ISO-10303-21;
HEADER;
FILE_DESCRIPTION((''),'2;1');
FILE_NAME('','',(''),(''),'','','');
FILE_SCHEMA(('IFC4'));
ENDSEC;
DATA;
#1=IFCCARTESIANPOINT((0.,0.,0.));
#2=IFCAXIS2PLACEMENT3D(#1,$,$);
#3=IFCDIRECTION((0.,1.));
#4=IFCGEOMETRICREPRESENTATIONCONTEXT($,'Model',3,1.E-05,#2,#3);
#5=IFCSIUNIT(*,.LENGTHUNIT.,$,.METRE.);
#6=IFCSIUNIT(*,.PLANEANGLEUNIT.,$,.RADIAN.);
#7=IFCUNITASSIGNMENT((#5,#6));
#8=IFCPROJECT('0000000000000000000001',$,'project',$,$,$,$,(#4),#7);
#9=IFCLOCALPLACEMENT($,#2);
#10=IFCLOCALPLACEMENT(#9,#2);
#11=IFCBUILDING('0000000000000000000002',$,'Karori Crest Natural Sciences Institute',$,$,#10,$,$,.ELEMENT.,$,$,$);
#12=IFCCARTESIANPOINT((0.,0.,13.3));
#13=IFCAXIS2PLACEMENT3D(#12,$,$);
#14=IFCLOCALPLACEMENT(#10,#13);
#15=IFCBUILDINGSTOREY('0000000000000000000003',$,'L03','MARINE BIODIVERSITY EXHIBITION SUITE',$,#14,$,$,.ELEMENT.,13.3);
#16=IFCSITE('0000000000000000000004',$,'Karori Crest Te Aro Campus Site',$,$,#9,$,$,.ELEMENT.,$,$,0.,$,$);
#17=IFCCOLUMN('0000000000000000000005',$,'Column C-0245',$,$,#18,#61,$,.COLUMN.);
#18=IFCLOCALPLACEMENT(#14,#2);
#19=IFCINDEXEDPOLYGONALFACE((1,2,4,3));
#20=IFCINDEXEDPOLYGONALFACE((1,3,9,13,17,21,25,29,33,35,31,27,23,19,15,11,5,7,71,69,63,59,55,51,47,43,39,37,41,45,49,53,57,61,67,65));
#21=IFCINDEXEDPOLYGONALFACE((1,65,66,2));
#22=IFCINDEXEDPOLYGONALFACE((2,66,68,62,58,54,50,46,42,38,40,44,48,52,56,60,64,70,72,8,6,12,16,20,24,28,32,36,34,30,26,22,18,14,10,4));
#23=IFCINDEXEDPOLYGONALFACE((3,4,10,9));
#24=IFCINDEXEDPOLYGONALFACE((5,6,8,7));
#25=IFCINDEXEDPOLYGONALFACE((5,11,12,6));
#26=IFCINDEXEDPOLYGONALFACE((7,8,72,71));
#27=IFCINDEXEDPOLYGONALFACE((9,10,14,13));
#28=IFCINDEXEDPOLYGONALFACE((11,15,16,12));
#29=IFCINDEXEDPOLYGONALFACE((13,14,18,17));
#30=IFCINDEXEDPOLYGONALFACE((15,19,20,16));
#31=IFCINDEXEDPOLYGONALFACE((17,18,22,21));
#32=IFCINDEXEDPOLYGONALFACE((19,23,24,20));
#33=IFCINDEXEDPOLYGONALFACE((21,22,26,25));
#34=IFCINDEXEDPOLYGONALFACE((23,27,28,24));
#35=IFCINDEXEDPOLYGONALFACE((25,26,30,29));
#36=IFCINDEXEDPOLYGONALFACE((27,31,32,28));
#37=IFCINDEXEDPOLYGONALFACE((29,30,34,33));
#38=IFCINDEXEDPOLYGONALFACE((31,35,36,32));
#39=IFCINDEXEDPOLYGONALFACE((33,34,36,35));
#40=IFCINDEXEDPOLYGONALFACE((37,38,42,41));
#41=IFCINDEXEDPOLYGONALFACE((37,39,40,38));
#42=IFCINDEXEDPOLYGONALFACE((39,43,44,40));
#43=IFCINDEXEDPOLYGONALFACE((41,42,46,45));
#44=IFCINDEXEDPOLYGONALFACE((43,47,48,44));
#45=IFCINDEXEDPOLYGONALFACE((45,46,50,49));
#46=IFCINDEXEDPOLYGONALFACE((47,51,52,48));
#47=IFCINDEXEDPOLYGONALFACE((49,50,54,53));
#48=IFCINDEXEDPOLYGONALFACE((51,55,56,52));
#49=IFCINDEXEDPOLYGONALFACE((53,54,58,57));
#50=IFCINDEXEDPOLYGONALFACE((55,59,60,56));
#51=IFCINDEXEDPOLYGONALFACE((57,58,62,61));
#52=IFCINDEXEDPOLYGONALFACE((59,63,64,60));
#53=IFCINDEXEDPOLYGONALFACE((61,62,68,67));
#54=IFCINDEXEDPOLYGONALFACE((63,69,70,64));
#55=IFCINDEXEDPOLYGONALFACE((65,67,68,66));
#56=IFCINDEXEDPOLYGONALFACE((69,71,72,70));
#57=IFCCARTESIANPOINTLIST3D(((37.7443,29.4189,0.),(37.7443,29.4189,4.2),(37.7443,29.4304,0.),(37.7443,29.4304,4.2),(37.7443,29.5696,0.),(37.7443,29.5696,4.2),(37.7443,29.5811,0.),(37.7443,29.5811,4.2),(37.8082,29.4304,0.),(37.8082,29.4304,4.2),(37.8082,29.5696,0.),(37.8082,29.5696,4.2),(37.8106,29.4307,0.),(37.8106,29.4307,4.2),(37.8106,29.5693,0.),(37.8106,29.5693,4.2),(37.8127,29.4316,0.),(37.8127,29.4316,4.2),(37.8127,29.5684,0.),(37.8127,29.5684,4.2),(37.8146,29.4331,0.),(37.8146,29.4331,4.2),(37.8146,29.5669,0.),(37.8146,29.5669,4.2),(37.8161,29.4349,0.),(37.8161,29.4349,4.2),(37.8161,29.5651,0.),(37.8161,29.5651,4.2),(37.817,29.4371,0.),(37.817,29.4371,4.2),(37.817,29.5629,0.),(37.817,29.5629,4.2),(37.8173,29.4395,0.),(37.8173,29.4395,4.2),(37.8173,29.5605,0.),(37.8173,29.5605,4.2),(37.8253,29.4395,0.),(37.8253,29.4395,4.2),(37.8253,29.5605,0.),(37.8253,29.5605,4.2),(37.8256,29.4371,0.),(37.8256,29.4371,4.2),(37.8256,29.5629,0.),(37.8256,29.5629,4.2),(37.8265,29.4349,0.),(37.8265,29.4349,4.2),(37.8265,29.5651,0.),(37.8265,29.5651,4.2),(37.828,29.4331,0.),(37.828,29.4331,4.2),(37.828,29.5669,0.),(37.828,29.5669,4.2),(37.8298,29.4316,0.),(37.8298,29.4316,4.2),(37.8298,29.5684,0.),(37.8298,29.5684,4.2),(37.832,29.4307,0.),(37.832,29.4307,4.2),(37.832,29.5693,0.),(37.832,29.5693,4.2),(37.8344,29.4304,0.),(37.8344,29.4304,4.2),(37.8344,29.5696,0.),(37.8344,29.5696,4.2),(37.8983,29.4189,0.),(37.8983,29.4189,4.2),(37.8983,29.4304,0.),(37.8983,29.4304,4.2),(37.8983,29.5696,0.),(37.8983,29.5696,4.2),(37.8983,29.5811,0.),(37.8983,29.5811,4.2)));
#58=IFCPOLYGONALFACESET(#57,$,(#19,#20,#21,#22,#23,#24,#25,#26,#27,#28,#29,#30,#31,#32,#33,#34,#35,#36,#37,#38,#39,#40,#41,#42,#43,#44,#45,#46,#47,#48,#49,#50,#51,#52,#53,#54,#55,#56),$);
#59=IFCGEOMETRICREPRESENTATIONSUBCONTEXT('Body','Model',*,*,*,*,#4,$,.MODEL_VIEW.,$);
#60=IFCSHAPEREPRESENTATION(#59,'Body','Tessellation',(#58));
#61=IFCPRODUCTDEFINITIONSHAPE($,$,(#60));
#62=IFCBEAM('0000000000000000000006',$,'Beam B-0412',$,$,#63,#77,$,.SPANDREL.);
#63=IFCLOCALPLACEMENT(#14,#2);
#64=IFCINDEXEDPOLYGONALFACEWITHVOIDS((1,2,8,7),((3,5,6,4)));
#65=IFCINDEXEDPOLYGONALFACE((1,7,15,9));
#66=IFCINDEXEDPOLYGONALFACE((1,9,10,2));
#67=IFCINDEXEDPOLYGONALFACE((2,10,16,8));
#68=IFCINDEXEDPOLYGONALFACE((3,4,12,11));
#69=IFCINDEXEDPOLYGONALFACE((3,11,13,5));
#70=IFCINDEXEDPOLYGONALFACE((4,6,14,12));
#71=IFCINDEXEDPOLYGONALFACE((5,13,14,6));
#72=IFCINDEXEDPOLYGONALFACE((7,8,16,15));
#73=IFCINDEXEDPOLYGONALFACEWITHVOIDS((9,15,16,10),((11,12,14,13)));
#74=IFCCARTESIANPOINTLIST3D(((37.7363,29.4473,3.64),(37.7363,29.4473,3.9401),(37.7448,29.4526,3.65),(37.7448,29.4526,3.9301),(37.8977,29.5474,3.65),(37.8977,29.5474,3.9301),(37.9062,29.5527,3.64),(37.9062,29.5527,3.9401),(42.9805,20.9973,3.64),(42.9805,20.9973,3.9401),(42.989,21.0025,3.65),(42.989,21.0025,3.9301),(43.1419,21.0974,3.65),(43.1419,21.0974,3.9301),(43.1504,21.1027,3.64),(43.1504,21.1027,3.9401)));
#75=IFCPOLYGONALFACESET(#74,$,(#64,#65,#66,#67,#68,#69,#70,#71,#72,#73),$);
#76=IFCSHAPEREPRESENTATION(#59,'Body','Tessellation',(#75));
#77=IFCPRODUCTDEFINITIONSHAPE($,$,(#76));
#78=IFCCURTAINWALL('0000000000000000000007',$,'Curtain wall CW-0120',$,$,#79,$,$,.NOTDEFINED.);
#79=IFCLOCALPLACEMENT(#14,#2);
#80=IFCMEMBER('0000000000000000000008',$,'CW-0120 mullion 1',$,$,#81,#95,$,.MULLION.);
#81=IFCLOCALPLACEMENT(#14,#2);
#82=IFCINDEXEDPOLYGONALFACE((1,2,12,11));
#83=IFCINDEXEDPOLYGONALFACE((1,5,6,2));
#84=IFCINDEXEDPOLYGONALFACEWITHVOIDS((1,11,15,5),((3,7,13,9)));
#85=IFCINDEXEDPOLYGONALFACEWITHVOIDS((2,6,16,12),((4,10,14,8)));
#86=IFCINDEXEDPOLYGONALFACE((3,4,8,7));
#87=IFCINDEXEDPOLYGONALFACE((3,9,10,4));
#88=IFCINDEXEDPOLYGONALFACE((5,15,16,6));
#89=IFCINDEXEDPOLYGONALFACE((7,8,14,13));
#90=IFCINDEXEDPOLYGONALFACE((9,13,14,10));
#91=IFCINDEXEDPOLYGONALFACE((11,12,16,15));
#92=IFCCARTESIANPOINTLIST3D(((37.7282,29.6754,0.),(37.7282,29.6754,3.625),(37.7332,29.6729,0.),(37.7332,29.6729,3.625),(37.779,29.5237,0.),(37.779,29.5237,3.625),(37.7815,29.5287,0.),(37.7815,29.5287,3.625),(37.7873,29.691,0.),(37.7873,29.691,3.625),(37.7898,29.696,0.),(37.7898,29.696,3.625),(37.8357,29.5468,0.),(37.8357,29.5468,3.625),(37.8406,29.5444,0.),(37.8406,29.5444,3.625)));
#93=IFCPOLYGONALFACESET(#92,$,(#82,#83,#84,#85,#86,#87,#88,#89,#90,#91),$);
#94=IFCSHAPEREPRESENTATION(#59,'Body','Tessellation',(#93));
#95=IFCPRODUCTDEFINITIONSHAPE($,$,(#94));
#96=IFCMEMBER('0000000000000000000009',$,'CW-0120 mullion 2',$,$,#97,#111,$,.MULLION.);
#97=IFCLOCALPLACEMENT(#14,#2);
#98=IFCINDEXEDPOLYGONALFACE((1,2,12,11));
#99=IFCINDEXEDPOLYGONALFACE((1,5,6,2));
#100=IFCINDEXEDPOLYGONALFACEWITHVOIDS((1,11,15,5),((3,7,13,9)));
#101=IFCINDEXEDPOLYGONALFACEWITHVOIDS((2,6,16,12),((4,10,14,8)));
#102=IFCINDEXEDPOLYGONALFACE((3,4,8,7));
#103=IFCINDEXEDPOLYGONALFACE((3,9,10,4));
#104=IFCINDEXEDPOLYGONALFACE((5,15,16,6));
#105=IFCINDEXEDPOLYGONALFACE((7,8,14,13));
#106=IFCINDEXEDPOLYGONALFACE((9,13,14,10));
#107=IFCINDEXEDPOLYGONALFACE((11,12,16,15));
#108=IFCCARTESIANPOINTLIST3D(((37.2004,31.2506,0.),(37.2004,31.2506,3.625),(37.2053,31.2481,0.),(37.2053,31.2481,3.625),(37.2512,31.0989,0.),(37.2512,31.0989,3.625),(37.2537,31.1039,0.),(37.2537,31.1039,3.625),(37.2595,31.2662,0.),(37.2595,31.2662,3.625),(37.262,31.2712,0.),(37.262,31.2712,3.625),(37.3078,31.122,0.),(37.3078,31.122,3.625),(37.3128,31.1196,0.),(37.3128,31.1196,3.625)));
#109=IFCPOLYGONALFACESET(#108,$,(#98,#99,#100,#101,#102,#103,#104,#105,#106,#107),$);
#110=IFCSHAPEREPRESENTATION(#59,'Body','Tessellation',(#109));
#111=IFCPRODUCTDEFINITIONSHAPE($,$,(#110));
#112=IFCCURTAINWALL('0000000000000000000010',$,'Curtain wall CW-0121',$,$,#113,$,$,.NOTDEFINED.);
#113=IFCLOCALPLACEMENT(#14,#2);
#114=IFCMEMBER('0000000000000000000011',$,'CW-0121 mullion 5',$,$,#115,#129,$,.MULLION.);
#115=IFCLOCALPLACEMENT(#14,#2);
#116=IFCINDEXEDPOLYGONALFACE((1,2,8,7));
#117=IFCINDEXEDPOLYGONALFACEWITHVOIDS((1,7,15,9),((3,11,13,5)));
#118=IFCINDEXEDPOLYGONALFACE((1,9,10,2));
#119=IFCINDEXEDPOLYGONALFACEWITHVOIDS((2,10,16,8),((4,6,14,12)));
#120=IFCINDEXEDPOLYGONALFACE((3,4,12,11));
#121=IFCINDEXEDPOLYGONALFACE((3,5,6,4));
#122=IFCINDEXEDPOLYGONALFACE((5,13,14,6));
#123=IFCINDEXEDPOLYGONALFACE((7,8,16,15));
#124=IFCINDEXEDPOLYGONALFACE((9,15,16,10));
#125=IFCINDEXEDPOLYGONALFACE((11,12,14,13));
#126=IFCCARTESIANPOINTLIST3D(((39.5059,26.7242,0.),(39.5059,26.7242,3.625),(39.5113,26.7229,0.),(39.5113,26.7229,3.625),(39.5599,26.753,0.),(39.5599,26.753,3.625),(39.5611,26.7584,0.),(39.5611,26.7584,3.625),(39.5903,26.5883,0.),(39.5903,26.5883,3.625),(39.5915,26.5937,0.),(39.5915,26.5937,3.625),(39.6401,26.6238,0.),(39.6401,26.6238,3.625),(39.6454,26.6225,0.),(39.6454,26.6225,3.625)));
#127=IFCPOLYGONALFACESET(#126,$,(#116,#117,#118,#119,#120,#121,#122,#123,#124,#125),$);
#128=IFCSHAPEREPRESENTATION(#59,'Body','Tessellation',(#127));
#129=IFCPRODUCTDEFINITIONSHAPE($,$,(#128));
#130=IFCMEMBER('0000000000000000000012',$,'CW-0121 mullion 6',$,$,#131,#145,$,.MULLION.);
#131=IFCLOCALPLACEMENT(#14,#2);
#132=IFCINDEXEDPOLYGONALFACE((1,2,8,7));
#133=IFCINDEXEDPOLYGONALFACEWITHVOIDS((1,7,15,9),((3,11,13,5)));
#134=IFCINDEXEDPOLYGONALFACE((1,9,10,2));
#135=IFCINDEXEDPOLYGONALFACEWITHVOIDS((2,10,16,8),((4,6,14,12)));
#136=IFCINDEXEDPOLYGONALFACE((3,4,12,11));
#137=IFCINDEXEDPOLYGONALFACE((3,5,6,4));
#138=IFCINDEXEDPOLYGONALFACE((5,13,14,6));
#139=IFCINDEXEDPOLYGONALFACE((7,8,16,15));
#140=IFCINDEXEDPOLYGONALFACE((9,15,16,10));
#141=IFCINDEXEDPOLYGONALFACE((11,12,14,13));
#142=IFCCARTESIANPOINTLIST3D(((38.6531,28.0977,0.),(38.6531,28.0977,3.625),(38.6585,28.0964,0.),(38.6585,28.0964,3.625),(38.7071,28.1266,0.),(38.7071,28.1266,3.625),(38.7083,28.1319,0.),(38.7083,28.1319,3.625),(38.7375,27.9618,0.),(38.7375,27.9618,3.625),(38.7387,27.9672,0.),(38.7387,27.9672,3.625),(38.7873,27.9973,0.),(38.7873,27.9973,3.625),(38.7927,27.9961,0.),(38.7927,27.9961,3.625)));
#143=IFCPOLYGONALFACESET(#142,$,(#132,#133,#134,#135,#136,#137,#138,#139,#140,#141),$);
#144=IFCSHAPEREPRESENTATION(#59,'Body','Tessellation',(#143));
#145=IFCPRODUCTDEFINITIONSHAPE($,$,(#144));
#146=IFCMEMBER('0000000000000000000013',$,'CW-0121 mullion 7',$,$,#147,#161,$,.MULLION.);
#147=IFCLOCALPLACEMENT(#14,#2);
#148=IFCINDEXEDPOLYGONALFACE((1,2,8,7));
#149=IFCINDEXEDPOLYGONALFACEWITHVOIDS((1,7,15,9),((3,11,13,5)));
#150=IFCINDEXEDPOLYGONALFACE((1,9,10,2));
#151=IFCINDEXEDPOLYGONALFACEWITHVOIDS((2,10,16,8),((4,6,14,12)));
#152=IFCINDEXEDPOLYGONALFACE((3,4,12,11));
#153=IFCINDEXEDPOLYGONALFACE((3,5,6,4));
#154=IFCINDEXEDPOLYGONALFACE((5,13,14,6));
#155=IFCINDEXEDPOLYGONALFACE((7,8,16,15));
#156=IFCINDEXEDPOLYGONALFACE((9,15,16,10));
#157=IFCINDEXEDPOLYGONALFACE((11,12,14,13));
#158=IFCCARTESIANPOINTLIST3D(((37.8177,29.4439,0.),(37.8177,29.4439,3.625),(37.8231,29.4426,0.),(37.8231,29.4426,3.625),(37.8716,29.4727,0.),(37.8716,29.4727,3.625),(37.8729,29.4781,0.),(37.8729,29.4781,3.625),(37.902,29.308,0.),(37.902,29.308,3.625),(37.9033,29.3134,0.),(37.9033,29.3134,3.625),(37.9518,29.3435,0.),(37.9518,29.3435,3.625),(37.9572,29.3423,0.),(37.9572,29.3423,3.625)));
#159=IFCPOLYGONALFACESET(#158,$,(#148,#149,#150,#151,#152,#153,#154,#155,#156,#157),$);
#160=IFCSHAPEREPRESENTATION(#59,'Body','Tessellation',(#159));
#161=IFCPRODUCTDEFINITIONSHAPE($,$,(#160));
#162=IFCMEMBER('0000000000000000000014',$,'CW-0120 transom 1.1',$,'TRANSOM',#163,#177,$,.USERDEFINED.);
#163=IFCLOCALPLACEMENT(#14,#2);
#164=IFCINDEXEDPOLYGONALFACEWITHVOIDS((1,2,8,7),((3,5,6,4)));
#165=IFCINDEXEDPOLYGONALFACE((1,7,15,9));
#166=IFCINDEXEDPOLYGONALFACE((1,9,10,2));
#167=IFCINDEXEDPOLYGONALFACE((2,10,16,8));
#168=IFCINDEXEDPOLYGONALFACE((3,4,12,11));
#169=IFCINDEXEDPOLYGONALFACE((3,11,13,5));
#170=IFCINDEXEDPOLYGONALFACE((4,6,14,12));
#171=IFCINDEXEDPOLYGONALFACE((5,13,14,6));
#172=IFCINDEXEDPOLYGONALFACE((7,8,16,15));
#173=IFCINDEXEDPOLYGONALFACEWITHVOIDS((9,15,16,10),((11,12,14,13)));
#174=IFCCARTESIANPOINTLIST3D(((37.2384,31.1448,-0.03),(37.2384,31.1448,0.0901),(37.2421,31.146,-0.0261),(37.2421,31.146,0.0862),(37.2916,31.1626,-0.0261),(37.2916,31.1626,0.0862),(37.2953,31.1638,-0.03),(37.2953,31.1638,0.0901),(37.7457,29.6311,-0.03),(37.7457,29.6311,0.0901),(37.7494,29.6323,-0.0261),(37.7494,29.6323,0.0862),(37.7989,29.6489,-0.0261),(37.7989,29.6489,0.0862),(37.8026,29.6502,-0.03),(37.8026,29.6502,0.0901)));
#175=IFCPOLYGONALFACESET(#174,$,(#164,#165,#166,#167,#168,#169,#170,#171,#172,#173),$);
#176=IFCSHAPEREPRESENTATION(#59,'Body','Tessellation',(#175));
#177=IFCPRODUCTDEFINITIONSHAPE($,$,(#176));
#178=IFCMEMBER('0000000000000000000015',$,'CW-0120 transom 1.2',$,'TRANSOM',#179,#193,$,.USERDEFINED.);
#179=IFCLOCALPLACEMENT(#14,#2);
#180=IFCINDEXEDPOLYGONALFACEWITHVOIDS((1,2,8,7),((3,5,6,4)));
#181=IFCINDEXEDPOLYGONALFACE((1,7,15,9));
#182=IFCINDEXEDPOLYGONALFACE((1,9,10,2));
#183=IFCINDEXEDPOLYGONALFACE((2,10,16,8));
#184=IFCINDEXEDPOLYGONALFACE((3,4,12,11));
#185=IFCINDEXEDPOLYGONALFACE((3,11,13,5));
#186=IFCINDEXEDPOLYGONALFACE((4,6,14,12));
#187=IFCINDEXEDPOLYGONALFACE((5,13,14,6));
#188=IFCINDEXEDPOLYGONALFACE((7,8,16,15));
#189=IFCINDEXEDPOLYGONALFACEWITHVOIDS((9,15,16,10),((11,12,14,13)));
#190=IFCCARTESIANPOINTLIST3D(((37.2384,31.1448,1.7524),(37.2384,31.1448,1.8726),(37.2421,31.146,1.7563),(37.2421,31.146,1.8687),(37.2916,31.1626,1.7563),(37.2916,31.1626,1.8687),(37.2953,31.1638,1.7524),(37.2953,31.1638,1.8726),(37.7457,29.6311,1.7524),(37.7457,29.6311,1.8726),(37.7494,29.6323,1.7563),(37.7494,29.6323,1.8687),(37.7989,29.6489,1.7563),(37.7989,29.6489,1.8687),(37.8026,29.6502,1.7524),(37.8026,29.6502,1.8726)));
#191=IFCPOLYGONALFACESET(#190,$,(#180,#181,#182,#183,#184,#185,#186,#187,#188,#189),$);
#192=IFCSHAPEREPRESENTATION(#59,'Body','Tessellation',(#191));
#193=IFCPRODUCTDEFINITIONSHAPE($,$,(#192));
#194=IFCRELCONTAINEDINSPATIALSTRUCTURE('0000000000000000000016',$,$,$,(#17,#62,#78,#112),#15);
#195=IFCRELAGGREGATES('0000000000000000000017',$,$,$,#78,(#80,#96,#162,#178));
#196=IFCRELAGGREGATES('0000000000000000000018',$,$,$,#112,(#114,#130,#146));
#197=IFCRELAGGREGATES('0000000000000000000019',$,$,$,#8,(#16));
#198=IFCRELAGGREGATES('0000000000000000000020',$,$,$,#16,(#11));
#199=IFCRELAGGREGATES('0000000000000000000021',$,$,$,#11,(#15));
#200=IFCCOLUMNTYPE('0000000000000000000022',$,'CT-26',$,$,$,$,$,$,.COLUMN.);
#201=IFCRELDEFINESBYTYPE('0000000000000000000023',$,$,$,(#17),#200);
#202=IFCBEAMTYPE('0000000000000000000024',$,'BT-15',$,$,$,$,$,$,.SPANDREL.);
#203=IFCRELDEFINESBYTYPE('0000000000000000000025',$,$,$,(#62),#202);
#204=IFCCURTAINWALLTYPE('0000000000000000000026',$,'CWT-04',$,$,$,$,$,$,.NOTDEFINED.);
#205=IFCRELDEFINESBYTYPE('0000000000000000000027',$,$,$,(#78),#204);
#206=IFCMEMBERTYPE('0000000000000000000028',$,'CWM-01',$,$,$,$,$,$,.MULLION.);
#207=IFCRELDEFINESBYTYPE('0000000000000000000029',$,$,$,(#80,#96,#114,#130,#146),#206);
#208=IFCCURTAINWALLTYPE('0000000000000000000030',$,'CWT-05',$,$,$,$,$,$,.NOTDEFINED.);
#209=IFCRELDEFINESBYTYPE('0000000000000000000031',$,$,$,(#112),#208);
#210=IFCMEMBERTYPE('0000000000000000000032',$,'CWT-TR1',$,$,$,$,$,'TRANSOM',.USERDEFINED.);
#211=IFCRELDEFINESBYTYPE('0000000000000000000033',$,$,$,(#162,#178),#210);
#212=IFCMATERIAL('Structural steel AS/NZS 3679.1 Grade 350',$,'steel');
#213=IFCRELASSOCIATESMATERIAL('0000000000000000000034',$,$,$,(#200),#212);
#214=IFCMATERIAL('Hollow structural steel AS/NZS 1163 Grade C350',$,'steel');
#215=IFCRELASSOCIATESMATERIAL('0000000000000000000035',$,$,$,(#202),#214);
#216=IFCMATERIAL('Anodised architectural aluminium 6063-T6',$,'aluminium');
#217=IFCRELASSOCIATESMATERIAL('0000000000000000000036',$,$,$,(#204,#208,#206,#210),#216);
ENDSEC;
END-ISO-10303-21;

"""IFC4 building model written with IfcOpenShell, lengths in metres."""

from ifc_helpers import new_model, si_unit, direction, frame, origin, origin_2d, place, context, subcontext, project, spatial, hollow_rectangle, i_section, extrude, material, material_profile, profile_set, type_object, element, aggregate, save


model = new_model("IFC4")

# Units and contexts
model_context = context("Model", 3, precision=1e-05, world=origin(), true_north=direction((0.0, 1.0)))
body_context = subcontext(model_context, "Body", "Model", "MODEL_VIEW")
ifc_project = project(units=[si_unit("LENGTHUNIT", "METRE"), si_unit("PLANEANGLEUNIT", "RADIAN")], contexts=[model_context])

# Site, building, storey
site_placement = place(None, origin())
site = spatial("IfcSite", under=ifc_project, at=site_placement, Name="Karori Crest Te Aro Campus Site", CompositionType="ELEMENT", RefElevation=0.0)
building_placement = place(site_placement, origin())
building = spatial("IfcBuilding", under=site, at=building_placement, Name="Karori Crest Natural Sciences Institute", CompositionType="ELEMENT")
storey_placement = place(building_placement, frame((0.0, 0.0, 13.3)))
storey = spatial("IfcBuildingStorey", under=building, at=storey_placement, Name="L03", Description="MARINE BIODIVERSITY EXHIBITION SUITE", CompositionType="ELEMENT", Elevation=13.3)

# Column
ifc_material_1 = material(Name="Structural steel AS/NZS 3679.1 Grade 350", Category="steel")
ifc_material_profile_1 = material_profile(ifc_material_1, i_section(OverallWidth=0.1541, OverallDepth=0.1621, WebThickness=0.0081, FlangeThickness=0.0115, FilletRadius=0.009, at=origin_2d()), Name="150UC37.2")
ifc_profile_set_1 = profile_set([ifc_material_profile_1], Name="Structural steel AS/NZS 3679.1 Grade 350")
column_type = type_object("IfcColumnType", Name="CT-26", PredefinedType="COLUMN", material=ifc_profile_set_1)
column_placement = place(storey_placement, frame((37.8213, 29.5, 0.0), z_axis=(0.0, 0.0, 1.0), x_axis=(1.0, 0.0, 0.0)))
element("IfcColumn", 1, at=column_placement, inside=storey, type_object=column_type, Name="Column C-0245", PredefinedType="COLUMN", context=body_context, shape_type="SweptSolid", body=[
    extrude(i_section(OverallWidth=0.1541, OverallDepth=0.1621, WebThickness=0.0081, FlangeThickness=0.0115, FilletRadius=0.009, at=origin_2d()), origin(), (0.0, 0.0, 1.0), 4.2),
])

# Beam
ifc_material_2 = material(Name="Hollow structural steel AS/NZS 1163 Grade C350", Category="steel")
ifc_material_profile_2 = material_profile(ifc_material_2, hollow_rectangle(XDim=0.2, YDim=0.3, WallThickness=0.01, at=origin_2d()), Name="RHS300x200x10")
ifc_profile_set_2 = profile_set([ifc_material_profile_2], Name="Hollow structural steel AS/NZS 1163 Grade C350")
beam_type = type_object("IfcBeamType", Name="BT-15", PredefinedType="SPANDREL", material=ifc_profile_set_2)
beam_placement = place(storey_placement, frame((37.8213, 29.5, 3.79), z_axis=(0.527315, -0.84967, 0.0), x_axis=(0.84967, 0.527315, 0.0)))
element("IfcBeam", 2, at=beam_placement, inside=storey, type_object=beam_type, Name="Beam B-0412", PredefinedType="SPANDREL", context=body_context, shape_type="SweptSolid", body=[
    extrude(hollow_rectangle(XDim=0.2, YDim=0.3, WallThickness=0.01, at=origin_2d()), origin(), (0.0, 0.0, 1.0), 9.9451),
])

# Curtain walls, members
ifc_material_3 = material(Name="Anodised architectural aluminium 6063-T6", Category="aluminium")
curtain_wall_type_1 = type_object("IfcCurtainWallType", Name="CWT-04", PredefinedType="NOTDEFINED", material=ifc_material_3)
curtain_wall_1_placement = place(storey_placement, origin())
curtain_wall_1 = element("IfcCurtainWall", 3, at=curtain_wall_1_placement, inside=storey, type_object=curtain_wall_type_1, Name="Curtain wall CW-0120", PredefinedType="NOTDEFINED")
ifc_material_profile_3 = material_profile(ifc_material_3, hollow_rectangle(XDim=0.0649, YDim=0.1599, WallThickness=0.0039, at=origin_2d()), Name="CWM160x65x4")
ifc_profile_set_3 = profile_set([ifc_material_profile_3], Name="Anodised architectural aluminium 6063-T6")
member_type_1 = type_object("IfcMemberType", Name="CWM-01", PredefinedType="MULLION", material=ifc_profile_set_3)
member_1_placement = place(storey_placement, frame((37.7844, 29.6099, 0.0), z_axis=(0.0, 0.0, 1.0), x_axis=(-0.948198, -0.31768, 0.0)))
member_1 = element("IfcMember", 4, at=member_1_placement, type_object=member_type_1, Name="CW-0120 mullion 1", PredefinedType="MULLION", context=body_context, shape_type="SweptSolid", body=[
    extrude(hollow_rectangle(XDim=0.0649, YDim=0.1599, WallThickness=0.0039, at=origin_2d()), origin(), (0.0, 0.0, 1.0), 3.625),
])
member_2_placement = place(storey_placement, frame((37.2566, 31.1851, 0.0), z_axis=(0.0, 0.0, 1.0), x_axis=(-0.948198, -0.31768, 0.0)))
member_2 = element("IfcMember", 5, at=member_2_placement, type_object=member_type_1, Name="CW-0120 mullion 2", PredefinedType="MULLION", context=body_context, shape_type="SweptSolid", body=[
    extrude(hollow_rectangle(XDim=0.0649, YDim=0.1599, WallThickness=0.0039, at=origin_2d()), origin(), (0.0, 0.0, 1.0), 3.625),
])
curtain_wall_type_2 = type_object("IfcCurtainWallType", Name="CWT-05", PredefinedType="NOTDEFINED", material=ifc_material_3)
curtain_wall_2_placement = place(storey_placement, origin())
curtain_wall_2 = element("IfcCurtainWall", 6, at=curtain_wall_2_placement, inside=storey, type_object=curtain_wall_type_2, Name="Curtain wall CW-0121", PredefinedType="NOTDEFINED")
member_3_placement = place(storey_placement, frame((39.5757, 26.6733, 0.0), z_axis=(0.0, 0.0, 1.0), x_axis=(-0.849662, -0.527328, 0.0)))
member_3 = element("IfcMember", 7, at=member_3_placement, type_object=member_type_1, Name="CW-0121 mullion 5", PredefinedType="MULLION", context=body_context, shape_type="SweptSolid", body=[
    extrude(hollow_rectangle(XDim=0.0649, YDim=0.1599, WallThickness=0.0039, at=origin_2d()), origin(), (0.0, 0.0, 1.0), 3.625),
])
member_4_placement = place(storey_placement, frame((38.7229, 28.0469, 0.0), z_axis=(0.0, 0.0, 1.0), x_axis=(-0.849662, -0.527328, 0.0)))
member_4 = element("IfcMember", 8, at=member_4_placement, type_object=member_type_1, Name="CW-0121 mullion 6", PredefinedType="MULLION", context=body_context, shape_type="SweptSolid", body=[
    extrude(hollow_rectangle(XDim=0.0649, YDim=0.1599, WallThickness=0.0039, at=origin_2d()), origin(), (0.0, 0.0, 1.0), 3.625),
])
member_5_placement = place(storey_placement, frame((37.8875, 29.3931, 0.0), z_axis=(0.0, 0.0, 1.0), x_axis=(-0.849662, -0.527328, 0.0)))
member_5 = element("IfcMember", 9, at=member_5_placement, type_object=member_type_1, Name="CW-0121 mullion 7", PredefinedType="MULLION", context=body_context, shape_type="SweptSolid", body=[
    extrude(hollow_rectangle(XDim=0.0649, YDim=0.1599, WallThickness=0.0039, at=origin_2d()), origin(), (0.0, 0.0, 1.0), 3.625),
])

# Members
ifc_material_profile_4 = material_profile(ifc_material_3, hollow_rectangle(XDim=0.0601, YDim=0.1201, WallThickness=0.0039, at=origin_2d()), Name="CWT120x60x4")
ifc_profile_set_4 = profile_set([ifc_material_profile_4], Name="Anodised architectural aluminium 6063-T6")
member_type_2 = type_object("IfcMemberType", Name="CWT-TR1", ElementType="TRANSOM", PredefinedType="USERDEFINED", material=ifc_profile_set_4)
member_6_placement = place(storey_placement, frame((37.7742, 29.6406, 0.03), z_axis=(-0.317787, 0.948162, 0.0), x_axis=(-0.948162, -0.317787, 0.0)))
member_6 = element("IfcMember", 10, at=member_6_placement, type_object=member_type_2, Name="CW-0120 transom 1.1", ObjectType="TRANSOM", PredefinedType="USERDEFINED", context=body_context, shape_type="SweptSolid", body=[
    extrude(hollow_rectangle(XDim=0.0601, YDim=0.1201, WallThickness=0.0039, at=origin_2d()), origin(), (0.0, 0.0, 1.0), 1.5964),
])
member_7_placement = place(storey_placement, frame((37.7742, 29.6406, 1.8125), z_axis=(-0.317787, 0.948162, 0.0), x_axis=(-0.948162, -0.317787, 0.0)))
member_7 = element("IfcMember", 11, at=member_7_placement, type_object=member_type_2, Name="CW-0120 transom 1.2", ObjectType="TRANSOM", PredefinedType="USERDEFINED", context=body_context, shape_type="SweptSolid", body=[
    extrude(hollow_rectangle(XDim=0.0601, YDim=0.1201, WallThickness=0.0039, at=origin_2d()), origin(), (0.0, 0.0, 1.0), 1.5964),
])

aggregate(curtain_wall_1, [member_1, member_2, member_6, member_7])
aggregate(curtain_wall_2, [member_3, member_4, member_5])

save(model, "model.ifc")
